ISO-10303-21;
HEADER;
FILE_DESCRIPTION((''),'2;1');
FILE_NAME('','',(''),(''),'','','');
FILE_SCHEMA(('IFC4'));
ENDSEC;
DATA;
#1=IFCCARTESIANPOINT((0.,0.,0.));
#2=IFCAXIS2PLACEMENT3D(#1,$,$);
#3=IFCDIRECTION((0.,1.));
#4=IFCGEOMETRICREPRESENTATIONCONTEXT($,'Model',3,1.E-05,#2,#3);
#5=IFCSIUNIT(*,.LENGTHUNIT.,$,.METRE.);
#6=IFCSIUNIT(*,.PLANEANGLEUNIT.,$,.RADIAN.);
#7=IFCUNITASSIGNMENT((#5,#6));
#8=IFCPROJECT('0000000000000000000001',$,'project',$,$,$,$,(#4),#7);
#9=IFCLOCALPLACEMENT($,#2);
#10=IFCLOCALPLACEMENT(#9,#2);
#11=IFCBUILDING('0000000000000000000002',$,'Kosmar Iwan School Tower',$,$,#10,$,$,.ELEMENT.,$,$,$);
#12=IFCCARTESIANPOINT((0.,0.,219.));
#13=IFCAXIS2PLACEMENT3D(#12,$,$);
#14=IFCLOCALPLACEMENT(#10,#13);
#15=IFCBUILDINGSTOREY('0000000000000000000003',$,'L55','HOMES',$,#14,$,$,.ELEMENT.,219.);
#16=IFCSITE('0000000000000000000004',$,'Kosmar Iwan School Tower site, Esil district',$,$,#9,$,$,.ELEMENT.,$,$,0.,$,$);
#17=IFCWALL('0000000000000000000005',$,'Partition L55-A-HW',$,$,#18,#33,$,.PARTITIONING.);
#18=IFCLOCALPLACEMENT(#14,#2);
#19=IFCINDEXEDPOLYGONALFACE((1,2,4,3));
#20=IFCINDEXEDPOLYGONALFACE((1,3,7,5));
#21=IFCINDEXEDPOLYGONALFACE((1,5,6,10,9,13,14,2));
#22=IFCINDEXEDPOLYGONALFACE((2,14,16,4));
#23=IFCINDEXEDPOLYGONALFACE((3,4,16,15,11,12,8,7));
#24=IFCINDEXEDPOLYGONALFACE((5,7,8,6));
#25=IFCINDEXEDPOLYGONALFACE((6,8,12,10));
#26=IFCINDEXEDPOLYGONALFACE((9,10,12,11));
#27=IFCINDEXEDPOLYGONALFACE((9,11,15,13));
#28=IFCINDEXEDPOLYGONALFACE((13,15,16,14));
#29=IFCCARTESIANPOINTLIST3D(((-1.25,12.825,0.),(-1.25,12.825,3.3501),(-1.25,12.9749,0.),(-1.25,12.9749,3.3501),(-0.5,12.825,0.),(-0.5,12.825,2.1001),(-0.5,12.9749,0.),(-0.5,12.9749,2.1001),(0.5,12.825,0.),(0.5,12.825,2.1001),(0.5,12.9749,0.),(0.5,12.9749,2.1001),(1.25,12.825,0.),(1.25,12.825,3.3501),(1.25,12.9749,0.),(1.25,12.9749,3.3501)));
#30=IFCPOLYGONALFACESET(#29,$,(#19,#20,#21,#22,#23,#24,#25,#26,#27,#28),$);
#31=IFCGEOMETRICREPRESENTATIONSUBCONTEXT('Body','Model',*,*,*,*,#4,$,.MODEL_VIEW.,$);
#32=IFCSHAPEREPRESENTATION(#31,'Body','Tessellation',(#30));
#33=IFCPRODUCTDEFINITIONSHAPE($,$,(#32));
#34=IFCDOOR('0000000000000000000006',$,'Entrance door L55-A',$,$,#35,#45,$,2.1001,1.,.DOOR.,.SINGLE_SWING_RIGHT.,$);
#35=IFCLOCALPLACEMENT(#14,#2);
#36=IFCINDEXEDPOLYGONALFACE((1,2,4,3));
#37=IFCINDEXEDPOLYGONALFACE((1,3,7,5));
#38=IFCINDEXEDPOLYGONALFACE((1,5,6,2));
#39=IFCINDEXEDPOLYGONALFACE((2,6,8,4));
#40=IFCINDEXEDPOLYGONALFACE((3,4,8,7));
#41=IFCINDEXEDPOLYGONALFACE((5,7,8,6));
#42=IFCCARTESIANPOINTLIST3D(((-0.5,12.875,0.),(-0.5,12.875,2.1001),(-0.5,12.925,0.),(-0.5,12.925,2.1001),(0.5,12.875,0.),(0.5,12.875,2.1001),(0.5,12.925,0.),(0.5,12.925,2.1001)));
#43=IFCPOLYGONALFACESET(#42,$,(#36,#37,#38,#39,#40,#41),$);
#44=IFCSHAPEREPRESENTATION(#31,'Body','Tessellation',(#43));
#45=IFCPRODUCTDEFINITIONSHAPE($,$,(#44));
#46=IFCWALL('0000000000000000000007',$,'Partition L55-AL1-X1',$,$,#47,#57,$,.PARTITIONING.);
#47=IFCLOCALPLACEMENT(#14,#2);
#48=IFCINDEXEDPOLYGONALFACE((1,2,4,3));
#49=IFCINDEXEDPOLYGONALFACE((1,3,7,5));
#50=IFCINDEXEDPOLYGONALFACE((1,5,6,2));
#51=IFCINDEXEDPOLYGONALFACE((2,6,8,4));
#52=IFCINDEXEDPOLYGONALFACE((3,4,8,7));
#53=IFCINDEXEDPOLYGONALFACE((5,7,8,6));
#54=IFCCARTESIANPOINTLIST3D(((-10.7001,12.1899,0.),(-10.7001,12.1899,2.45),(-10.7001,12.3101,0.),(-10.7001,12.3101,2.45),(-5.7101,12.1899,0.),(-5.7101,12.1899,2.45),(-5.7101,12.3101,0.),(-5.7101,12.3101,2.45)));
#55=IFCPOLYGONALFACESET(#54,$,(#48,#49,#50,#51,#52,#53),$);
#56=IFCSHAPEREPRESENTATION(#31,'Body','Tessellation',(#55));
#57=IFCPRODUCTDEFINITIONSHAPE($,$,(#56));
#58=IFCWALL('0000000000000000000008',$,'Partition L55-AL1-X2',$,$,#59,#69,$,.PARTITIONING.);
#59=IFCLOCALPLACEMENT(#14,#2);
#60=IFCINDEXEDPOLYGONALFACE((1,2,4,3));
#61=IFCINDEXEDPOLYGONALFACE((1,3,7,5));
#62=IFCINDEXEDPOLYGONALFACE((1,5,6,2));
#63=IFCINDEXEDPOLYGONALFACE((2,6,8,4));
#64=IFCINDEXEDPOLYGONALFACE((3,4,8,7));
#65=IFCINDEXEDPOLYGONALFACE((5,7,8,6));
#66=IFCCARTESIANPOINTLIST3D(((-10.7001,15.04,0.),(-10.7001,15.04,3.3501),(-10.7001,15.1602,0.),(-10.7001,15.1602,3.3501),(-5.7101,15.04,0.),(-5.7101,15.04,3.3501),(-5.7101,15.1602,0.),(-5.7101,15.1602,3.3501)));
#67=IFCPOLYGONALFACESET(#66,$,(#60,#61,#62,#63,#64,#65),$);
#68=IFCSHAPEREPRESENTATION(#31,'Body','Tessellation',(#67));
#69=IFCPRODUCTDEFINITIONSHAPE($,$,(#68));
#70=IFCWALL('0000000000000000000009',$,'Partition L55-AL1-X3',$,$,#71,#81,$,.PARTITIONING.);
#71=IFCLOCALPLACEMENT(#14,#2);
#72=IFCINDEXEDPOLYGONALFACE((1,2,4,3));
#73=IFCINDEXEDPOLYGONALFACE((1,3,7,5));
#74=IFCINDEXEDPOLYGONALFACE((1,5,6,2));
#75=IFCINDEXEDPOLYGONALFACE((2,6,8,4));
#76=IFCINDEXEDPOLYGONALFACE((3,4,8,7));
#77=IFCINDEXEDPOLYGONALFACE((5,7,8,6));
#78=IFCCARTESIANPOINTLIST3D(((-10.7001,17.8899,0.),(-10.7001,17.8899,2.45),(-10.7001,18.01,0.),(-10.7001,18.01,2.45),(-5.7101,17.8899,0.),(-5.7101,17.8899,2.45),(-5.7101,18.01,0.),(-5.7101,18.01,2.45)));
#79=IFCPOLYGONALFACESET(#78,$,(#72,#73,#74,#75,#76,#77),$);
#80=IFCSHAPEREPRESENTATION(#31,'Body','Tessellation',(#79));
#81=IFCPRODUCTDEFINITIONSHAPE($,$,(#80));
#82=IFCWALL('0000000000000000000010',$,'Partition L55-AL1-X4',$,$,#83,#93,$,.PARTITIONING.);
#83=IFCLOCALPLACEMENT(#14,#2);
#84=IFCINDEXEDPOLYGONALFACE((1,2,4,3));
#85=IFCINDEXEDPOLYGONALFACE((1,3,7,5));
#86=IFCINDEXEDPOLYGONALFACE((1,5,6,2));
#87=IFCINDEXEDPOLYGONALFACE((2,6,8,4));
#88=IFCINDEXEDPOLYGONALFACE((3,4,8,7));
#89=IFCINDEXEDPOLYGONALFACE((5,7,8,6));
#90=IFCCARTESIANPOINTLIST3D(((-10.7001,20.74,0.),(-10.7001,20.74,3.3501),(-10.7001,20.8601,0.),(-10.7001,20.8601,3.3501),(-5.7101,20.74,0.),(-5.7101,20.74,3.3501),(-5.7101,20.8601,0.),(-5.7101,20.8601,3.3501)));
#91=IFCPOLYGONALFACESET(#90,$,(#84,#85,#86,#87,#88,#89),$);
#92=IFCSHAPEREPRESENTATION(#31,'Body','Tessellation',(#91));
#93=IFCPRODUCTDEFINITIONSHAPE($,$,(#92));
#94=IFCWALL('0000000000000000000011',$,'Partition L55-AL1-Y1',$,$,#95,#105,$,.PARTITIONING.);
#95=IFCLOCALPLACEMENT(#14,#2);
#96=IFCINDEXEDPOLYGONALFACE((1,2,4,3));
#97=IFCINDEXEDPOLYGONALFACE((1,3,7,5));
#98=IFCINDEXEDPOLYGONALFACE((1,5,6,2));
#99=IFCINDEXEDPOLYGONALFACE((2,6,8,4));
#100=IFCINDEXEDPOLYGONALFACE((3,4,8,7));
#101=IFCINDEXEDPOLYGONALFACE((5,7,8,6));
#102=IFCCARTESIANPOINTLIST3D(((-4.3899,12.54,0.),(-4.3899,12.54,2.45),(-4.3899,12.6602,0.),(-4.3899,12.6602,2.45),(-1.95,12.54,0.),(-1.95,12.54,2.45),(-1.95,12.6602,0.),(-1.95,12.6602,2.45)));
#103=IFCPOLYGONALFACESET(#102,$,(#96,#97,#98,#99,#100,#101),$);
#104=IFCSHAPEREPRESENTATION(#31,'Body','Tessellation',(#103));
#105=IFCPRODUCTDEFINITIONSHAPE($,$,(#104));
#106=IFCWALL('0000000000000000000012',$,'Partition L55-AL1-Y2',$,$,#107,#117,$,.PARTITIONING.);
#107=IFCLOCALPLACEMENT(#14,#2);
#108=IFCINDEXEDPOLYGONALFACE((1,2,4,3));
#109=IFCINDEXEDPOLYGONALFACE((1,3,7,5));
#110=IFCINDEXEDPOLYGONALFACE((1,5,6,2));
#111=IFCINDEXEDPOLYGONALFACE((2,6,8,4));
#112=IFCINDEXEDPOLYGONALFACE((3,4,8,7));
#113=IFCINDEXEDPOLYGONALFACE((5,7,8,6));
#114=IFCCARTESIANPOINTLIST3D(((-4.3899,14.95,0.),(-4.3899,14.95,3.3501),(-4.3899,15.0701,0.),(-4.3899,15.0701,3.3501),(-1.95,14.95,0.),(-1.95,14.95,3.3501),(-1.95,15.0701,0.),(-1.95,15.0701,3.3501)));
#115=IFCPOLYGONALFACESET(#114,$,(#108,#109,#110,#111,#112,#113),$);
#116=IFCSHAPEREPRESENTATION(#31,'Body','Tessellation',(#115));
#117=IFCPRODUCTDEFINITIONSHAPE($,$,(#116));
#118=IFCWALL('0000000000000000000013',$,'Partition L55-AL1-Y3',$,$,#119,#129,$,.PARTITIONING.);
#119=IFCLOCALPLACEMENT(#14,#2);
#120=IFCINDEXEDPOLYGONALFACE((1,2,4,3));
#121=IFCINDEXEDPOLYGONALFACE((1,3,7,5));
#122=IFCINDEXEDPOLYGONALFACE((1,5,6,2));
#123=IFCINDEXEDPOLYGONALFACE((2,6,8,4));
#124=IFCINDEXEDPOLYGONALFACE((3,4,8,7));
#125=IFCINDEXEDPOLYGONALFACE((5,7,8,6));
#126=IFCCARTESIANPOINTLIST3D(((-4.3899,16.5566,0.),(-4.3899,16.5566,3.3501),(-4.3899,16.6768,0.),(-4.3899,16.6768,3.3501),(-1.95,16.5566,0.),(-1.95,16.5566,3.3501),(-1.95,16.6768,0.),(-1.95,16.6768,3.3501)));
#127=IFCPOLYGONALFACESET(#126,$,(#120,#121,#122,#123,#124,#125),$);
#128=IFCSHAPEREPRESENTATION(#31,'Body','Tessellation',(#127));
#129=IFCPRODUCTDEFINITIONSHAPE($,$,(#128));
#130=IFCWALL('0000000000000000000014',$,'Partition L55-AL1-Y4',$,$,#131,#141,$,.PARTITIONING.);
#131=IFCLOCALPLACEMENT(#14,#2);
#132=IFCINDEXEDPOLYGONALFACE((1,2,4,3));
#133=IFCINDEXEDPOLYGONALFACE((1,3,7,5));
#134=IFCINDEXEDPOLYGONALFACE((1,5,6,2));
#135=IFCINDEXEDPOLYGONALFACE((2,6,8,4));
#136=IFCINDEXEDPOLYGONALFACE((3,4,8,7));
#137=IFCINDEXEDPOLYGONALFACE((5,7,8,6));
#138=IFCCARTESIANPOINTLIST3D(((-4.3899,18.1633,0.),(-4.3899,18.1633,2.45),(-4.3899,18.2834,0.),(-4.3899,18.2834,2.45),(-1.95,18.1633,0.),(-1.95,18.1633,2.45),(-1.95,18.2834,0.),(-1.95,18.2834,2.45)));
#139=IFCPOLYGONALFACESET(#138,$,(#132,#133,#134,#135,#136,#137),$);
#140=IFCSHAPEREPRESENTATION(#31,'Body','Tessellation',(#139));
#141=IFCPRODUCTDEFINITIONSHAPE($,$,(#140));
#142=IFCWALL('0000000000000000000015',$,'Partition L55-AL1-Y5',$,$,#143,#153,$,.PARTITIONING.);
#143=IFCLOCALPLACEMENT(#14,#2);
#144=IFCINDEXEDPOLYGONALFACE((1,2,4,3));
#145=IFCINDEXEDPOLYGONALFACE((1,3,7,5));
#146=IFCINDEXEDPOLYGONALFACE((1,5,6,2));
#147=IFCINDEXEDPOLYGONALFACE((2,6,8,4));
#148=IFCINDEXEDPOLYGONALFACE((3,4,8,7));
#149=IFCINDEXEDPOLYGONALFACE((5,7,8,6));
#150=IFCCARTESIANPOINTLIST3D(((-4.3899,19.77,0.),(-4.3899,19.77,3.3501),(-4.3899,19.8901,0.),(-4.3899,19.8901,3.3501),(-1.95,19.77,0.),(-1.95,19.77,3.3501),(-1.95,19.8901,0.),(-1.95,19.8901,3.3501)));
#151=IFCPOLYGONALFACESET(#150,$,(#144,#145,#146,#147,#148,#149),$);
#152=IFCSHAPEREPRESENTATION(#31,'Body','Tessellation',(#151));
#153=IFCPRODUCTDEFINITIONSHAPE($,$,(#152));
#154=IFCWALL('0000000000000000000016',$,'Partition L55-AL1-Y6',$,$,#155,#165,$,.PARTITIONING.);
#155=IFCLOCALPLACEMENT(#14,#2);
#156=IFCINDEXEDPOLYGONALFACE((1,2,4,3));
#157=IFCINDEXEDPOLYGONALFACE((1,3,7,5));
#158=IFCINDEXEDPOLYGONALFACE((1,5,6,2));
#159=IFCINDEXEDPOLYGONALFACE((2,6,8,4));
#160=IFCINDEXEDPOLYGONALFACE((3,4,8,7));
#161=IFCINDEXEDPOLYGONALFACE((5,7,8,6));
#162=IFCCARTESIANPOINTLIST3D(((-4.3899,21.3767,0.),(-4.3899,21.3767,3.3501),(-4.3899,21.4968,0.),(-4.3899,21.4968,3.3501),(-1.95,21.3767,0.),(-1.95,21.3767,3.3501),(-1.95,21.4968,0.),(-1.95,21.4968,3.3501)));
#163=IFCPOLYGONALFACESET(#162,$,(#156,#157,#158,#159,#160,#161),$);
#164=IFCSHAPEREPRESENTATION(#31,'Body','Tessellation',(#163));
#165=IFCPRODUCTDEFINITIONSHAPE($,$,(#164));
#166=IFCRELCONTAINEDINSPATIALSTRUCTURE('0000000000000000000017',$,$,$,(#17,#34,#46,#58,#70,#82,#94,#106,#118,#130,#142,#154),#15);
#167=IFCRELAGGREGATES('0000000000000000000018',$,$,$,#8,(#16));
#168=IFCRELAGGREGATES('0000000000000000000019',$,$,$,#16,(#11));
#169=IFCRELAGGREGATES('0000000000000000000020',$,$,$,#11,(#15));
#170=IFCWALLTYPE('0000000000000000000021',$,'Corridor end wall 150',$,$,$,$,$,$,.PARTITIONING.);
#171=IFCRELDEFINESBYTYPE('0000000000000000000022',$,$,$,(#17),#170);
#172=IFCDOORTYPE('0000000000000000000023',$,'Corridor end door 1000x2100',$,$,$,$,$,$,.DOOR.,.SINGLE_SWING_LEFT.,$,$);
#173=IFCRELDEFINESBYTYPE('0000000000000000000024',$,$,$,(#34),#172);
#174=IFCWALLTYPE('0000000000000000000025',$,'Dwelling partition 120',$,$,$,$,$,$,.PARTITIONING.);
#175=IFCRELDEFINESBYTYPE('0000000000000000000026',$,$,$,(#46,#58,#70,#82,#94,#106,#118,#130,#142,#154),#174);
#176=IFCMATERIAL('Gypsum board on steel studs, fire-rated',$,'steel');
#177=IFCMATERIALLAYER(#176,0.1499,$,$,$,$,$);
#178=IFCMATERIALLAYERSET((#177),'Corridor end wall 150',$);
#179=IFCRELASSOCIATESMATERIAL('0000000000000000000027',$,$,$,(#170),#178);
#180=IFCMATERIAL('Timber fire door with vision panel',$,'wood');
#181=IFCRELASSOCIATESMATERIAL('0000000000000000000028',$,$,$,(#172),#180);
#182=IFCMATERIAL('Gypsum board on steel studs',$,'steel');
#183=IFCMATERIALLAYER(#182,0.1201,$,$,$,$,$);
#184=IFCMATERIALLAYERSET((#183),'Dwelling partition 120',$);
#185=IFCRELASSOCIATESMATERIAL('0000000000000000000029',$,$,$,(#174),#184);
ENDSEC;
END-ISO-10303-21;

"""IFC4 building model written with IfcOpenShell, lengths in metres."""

from ifc_helpers import new_model, si_unit, direction, frame, frame_2d, origin, place, context, subcontext, project, spatial, rectangle, extrude, material, layer, layer_set, type_object, element, fill, save


model = new_model("IFC4")

# Units and contexts
model_context = context("Model", 3, precision=1e-05, world=origin(), true_north=direction((0.0, 1.0)))
body_context = subcontext(model_context, "Body", "Model", "MODEL_VIEW")
ifc_project = project(units=[si_unit("LENGTHUNIT", "METRE"), si_unit("PLANEANGLEUNIT", "RADIAN")], contexts=[model_context])

# Site, building, storey
site_placement = place(None, origin())
site = spatial("IfcSite", under=ifc_project, at=site_placement, Name="Kosmar Iwan School Tower site, Esil district", CompositionType="ELEMENT", RefElevation=0.0)
building_placement = place(site_placement, origin())
building = spatial("IfcBuilding", under=site, at=building_placement, Name="Kosmar Iwan School Tower", CompositionType="ELEMENT")
storey_placement = place(building_placement, frame((0.0, 0.0, 219.0)))
storey = spatial("IfcBuildingStorey", under=building, at=storey_placement, Name="L55", Description="HOMES", CompositionType="ELEMENT", Elevation=219.0)

# Wall, opening, door
ifc_material_1 = material(Name="Gypsum board on steel studs, fire-rated", Category="steel")
ifc_layer_1 = layer(ifc_material_1, 0.1499)
ifc_layer_set_1 = layer_set([ifc_layer_1], Name="Corridor end wall 150")
wall_type_1 = type_object("IfcWallType", Name="Corridor end wall 150", PredefinedType="PARTITIONING", material=ifc_layer_set_1)
ifc_material_2 = material(Name="Timber fire door with vision panel", Category="wood")
door_type = type_object("IfcDoorType", Name="Corridor end door 1000x2100", OperationType="SINGLE_SWING_LEFT", PredefinedType="DOOR", material=ifc_material_2)
wall_1_placement = place(storey_placement, frame((1.25, 12.8999, 0.0), z_axis=(0.0, 0.0, 1.0), x_axis=(-1.0, 0.0, 0.0)))
wall_1 = element("IfcWall", 1, at=wall_1_placement, inside=storey, type_object=wall_type_1, Name="Partition L55-A-HW", PredefinedType="PARTITIONING", context=body_context, shape_type="SweptSolid", body=[
    extrude(rectangle(XDim=2.5, YDim=0.1499, at=frame_2d((1.25, 0.0))), origin(), (0.0, 0.0, 1.0), 3.3501),
])
opening_1_placement = place(wall_1_placement, frame((0.75, 0.0, 0.0)))
opening_1 = element("IfcOpeningElement", 2, at=opening_1_placement, cuts=wall_1, PredefinedType="OPENING", context=body_context, shape_type="SweptSolid", body=[
    extrude(rectangle(XDim=1.0, YDim=2.1001, at=frame_2d((0.5, 1.05))), frame((0.0, 0.0869, 0.0), z_axis=(0.0, -1.0, 0.0), x_axis=(1.0, 0.0, 0.0)), (0.0, 0.0, 1.0), 0.1738),
])
door_1_placement = place(opening_1_placement, origin())
door_1 = element("IfcDoor", 3, at=door_1_placement, inside=storey, type_object=door_type, Name="Entrance door L55-A", OperationType="SINGLE_SWING_RIGHT", OverallHeight=2.1001, OverallWidth=1.0, PredefinedType="DOOR", context=body_context, shape_type="SweptSolid", body=[
    extrude(rectangle(XDim=1.0, YDim=2.1001, at=frame_2d((0.5, 1.05))), frame((0.0, 0.0249, 0.0), z_axis=(0.0, -1.0, 0.0), x_axis=(1.0, 0.0, 0.0)), (0.0, 0.0, 1.0), 0.05),
])
fill(opening_1, door_1)

# Walls
ifc_material_3 = material(Name="Gypsum board on steel studs", Category="steel")
ifc_layer_2 = layer(ifc_material_3, 0.1201)
ifc_layer_set_2 = layer_set([ifc_layer_2], Name="Dwelling partition 120")
wall_type_2 = type_object("IfcWallType", Name="Dwelling partition 120", PredefinedType="PARTITIONING", material=ifc_layer_set_2)
wall_2_placement = place(storey_placement, frame((-5.71, 12.25, 0.0), z_axis=(0.0, 0.0, 1.0), x_axis=(-1.0, 0.0, 0.0)))
element("IfcWall", 4, at=wall_2_placement, inside=storey, type_object=wall_type_2, Name="Partition L55-AL1-X1", PredefinedType="PARTITIONING", context=body_context, shape_type="SweptSolid", body=[
    extrude(rectangle(XDim=4.99, YDim=0.1201, at=frame_2d((2.4951, 0.0))), origin(), (0.0, 0.0, 1.0), 2.45),
])
wall_3_placement = place(storey_placement, frame((-5.71, 15.1001, 0.0), z_axis=(0.0, 0.0, 1.0), x_axis=(-1.0, 0.0, 0.0)))
element("IfcWall", 5, at=wall_3_placement, inside=storey, type_object=wall_type_2, Name="Partition L55-AL1-X2", PredefinedType="PARTITIONING", context=body_context, shape_type="SweptSolid", body=[
    extrude(rectangle(XDim=4.99, YDim=0.1201, at=frame_2d((2.4951, 0.0))), origin(), (0.0, 0.0, 1.0), 3.3501),
])
wall_4_placement = place(storey_placement, frame((-5.71, 17.95, 0.0), z_axis=(0.0, 0.0, 1.0), x_axis=(-1.0, 0.0, 0.0)))
element("IfcWall", 6, at=wall_4_placement, inside=storey, type_object=wall_type_2, Name="Partition L55-AL1-X3", PredefinedType="PARTITIONING", context=body_context, shape_type="SweptSolid", body=[
    extrude(rectangle(XDim=4.99, YDim=0.1201, at=frame_2d((2.4951, 0.0))), origin(), (0.0, 0.0, 1.0), 2.45),
])
wall_5_placement = place(storey_placement, frame((-5.71, 20.8, 0.0), z_axis=(0.0, 0.0, 1.0), x_axis=(-1.0, 0.0, 0.0)))
element("IfcWall", 7, at=wall_5_placement, inside=storey, type_object=wall_type_2, Name="Partition L55-AL1-X4", PredefinedType="PARTITIONING", context=body_context, shape_type="SweptSolid", body=[
    extrude(rectangle(XDim=4.99, YDim=0.1201, at=frame_2d((2.4951, 0.0))), origin(), (0.0, 0.0, 1.0), 3.3501),
])
wall_6_placement = place(storey_placement, frame((-1.95, 12.6001, 0.0), z_axis=(0.0, 0.0, 1.0), x_axis=(-1.0, 0.0, 0.0)))
element("IfcWall", 8, at=wall_6_placement, inside=storey, type_object=wall_type_2, Name="Partition L55-AL1-Y1", PredefinedType="PARTITIONING", context=body_context, shape_type="SweptSolid", body=[
    extrude(rectangle(XDim=2.4399, YDim=0.1201, at=frame_2d((1.22, 0.0))), origin(), (0.0, 0.0, 1.0), 2.45),
])
for number, where, z_axis, x_axis, name in (
    (9, (-1.95, 15.01, 0.0), (0.0, 0.0, 1.0), (-1.0, 0.0, 0.0), "Partition L55-AL1-Y2"),
    (10, (-1.95, 16.6167, 0.0), (0.0, 0.0, 1.0), (-1.0, 0.0, 0.0), "Partition L55-AL1-Y3"),
):
    element("IfcWall", number, at=place(storey_placement, frame(where, z_axis=z_axis, x_axis=x_axis)), inside=storey, type_object=wall_type_2, Name=name, PredefinedType="PARTITIONING", context=body_context, shape_type="SweptSolid", body=[
        extrude(rectangle(XDim=2.4399, YDim=0.1201, at=frame_2d((1.22, 0.0))), origin(), (0.0, 0.0, 1.0), 3.3501),
    ])
wall_7_placement = place(storey_placement, frame((-1.95, 18.2234, 0.0), z_axis=(0.0, 0.0, 1.0), x_axis=(-1.0, 0.0, 0.0)))
element("IfcWall", 11, at=wall_7_placement, inside=storey, type_object=wall_type_2, Name="Partition L55-AL1-Y4", PredefinedType="PARTITIONING", context=body_context, shape_type="SweptSolid", body=[
    extrude(rectangle(XDim=2.4399, YDim=0.1201, at=frame_2d((1.22, 0.0))), origin(), (0.0, 0.0, 1.0), 2.45),
])
for number, where, z_axis, x_axis, name in (
    (12, (-1.95, 19.8301, 0.0), (0.0, 0.0, 1.0), (-1.0, 0.0, 0.0), "Partition L55-AL1-Y5"),
    (13, (-1.95, 21.4368, 0.0), (0.0, 0.0, 1.0), (-1.0, 0.0, 0.0), "Partition L55-AL1-Y6"),
):
    element("IfcWall", number, at=place(storey_placement, frame(where, z_axis=z_axis, x_axis=x_axis)), inside=storey, type_object=wall_type_2, Name=name, PredefinedType="PARTITIONING", context=body_context, shape_type="SweptSolid", body=[
        extrude(rectangle(XDim=2.4399, YDim=0.1201, at=frame_2d((1.22, 0.0))), origin(), (0.0, 0.0, 1.0), 3.3501),
    ])

save(model, "model.ifc")
